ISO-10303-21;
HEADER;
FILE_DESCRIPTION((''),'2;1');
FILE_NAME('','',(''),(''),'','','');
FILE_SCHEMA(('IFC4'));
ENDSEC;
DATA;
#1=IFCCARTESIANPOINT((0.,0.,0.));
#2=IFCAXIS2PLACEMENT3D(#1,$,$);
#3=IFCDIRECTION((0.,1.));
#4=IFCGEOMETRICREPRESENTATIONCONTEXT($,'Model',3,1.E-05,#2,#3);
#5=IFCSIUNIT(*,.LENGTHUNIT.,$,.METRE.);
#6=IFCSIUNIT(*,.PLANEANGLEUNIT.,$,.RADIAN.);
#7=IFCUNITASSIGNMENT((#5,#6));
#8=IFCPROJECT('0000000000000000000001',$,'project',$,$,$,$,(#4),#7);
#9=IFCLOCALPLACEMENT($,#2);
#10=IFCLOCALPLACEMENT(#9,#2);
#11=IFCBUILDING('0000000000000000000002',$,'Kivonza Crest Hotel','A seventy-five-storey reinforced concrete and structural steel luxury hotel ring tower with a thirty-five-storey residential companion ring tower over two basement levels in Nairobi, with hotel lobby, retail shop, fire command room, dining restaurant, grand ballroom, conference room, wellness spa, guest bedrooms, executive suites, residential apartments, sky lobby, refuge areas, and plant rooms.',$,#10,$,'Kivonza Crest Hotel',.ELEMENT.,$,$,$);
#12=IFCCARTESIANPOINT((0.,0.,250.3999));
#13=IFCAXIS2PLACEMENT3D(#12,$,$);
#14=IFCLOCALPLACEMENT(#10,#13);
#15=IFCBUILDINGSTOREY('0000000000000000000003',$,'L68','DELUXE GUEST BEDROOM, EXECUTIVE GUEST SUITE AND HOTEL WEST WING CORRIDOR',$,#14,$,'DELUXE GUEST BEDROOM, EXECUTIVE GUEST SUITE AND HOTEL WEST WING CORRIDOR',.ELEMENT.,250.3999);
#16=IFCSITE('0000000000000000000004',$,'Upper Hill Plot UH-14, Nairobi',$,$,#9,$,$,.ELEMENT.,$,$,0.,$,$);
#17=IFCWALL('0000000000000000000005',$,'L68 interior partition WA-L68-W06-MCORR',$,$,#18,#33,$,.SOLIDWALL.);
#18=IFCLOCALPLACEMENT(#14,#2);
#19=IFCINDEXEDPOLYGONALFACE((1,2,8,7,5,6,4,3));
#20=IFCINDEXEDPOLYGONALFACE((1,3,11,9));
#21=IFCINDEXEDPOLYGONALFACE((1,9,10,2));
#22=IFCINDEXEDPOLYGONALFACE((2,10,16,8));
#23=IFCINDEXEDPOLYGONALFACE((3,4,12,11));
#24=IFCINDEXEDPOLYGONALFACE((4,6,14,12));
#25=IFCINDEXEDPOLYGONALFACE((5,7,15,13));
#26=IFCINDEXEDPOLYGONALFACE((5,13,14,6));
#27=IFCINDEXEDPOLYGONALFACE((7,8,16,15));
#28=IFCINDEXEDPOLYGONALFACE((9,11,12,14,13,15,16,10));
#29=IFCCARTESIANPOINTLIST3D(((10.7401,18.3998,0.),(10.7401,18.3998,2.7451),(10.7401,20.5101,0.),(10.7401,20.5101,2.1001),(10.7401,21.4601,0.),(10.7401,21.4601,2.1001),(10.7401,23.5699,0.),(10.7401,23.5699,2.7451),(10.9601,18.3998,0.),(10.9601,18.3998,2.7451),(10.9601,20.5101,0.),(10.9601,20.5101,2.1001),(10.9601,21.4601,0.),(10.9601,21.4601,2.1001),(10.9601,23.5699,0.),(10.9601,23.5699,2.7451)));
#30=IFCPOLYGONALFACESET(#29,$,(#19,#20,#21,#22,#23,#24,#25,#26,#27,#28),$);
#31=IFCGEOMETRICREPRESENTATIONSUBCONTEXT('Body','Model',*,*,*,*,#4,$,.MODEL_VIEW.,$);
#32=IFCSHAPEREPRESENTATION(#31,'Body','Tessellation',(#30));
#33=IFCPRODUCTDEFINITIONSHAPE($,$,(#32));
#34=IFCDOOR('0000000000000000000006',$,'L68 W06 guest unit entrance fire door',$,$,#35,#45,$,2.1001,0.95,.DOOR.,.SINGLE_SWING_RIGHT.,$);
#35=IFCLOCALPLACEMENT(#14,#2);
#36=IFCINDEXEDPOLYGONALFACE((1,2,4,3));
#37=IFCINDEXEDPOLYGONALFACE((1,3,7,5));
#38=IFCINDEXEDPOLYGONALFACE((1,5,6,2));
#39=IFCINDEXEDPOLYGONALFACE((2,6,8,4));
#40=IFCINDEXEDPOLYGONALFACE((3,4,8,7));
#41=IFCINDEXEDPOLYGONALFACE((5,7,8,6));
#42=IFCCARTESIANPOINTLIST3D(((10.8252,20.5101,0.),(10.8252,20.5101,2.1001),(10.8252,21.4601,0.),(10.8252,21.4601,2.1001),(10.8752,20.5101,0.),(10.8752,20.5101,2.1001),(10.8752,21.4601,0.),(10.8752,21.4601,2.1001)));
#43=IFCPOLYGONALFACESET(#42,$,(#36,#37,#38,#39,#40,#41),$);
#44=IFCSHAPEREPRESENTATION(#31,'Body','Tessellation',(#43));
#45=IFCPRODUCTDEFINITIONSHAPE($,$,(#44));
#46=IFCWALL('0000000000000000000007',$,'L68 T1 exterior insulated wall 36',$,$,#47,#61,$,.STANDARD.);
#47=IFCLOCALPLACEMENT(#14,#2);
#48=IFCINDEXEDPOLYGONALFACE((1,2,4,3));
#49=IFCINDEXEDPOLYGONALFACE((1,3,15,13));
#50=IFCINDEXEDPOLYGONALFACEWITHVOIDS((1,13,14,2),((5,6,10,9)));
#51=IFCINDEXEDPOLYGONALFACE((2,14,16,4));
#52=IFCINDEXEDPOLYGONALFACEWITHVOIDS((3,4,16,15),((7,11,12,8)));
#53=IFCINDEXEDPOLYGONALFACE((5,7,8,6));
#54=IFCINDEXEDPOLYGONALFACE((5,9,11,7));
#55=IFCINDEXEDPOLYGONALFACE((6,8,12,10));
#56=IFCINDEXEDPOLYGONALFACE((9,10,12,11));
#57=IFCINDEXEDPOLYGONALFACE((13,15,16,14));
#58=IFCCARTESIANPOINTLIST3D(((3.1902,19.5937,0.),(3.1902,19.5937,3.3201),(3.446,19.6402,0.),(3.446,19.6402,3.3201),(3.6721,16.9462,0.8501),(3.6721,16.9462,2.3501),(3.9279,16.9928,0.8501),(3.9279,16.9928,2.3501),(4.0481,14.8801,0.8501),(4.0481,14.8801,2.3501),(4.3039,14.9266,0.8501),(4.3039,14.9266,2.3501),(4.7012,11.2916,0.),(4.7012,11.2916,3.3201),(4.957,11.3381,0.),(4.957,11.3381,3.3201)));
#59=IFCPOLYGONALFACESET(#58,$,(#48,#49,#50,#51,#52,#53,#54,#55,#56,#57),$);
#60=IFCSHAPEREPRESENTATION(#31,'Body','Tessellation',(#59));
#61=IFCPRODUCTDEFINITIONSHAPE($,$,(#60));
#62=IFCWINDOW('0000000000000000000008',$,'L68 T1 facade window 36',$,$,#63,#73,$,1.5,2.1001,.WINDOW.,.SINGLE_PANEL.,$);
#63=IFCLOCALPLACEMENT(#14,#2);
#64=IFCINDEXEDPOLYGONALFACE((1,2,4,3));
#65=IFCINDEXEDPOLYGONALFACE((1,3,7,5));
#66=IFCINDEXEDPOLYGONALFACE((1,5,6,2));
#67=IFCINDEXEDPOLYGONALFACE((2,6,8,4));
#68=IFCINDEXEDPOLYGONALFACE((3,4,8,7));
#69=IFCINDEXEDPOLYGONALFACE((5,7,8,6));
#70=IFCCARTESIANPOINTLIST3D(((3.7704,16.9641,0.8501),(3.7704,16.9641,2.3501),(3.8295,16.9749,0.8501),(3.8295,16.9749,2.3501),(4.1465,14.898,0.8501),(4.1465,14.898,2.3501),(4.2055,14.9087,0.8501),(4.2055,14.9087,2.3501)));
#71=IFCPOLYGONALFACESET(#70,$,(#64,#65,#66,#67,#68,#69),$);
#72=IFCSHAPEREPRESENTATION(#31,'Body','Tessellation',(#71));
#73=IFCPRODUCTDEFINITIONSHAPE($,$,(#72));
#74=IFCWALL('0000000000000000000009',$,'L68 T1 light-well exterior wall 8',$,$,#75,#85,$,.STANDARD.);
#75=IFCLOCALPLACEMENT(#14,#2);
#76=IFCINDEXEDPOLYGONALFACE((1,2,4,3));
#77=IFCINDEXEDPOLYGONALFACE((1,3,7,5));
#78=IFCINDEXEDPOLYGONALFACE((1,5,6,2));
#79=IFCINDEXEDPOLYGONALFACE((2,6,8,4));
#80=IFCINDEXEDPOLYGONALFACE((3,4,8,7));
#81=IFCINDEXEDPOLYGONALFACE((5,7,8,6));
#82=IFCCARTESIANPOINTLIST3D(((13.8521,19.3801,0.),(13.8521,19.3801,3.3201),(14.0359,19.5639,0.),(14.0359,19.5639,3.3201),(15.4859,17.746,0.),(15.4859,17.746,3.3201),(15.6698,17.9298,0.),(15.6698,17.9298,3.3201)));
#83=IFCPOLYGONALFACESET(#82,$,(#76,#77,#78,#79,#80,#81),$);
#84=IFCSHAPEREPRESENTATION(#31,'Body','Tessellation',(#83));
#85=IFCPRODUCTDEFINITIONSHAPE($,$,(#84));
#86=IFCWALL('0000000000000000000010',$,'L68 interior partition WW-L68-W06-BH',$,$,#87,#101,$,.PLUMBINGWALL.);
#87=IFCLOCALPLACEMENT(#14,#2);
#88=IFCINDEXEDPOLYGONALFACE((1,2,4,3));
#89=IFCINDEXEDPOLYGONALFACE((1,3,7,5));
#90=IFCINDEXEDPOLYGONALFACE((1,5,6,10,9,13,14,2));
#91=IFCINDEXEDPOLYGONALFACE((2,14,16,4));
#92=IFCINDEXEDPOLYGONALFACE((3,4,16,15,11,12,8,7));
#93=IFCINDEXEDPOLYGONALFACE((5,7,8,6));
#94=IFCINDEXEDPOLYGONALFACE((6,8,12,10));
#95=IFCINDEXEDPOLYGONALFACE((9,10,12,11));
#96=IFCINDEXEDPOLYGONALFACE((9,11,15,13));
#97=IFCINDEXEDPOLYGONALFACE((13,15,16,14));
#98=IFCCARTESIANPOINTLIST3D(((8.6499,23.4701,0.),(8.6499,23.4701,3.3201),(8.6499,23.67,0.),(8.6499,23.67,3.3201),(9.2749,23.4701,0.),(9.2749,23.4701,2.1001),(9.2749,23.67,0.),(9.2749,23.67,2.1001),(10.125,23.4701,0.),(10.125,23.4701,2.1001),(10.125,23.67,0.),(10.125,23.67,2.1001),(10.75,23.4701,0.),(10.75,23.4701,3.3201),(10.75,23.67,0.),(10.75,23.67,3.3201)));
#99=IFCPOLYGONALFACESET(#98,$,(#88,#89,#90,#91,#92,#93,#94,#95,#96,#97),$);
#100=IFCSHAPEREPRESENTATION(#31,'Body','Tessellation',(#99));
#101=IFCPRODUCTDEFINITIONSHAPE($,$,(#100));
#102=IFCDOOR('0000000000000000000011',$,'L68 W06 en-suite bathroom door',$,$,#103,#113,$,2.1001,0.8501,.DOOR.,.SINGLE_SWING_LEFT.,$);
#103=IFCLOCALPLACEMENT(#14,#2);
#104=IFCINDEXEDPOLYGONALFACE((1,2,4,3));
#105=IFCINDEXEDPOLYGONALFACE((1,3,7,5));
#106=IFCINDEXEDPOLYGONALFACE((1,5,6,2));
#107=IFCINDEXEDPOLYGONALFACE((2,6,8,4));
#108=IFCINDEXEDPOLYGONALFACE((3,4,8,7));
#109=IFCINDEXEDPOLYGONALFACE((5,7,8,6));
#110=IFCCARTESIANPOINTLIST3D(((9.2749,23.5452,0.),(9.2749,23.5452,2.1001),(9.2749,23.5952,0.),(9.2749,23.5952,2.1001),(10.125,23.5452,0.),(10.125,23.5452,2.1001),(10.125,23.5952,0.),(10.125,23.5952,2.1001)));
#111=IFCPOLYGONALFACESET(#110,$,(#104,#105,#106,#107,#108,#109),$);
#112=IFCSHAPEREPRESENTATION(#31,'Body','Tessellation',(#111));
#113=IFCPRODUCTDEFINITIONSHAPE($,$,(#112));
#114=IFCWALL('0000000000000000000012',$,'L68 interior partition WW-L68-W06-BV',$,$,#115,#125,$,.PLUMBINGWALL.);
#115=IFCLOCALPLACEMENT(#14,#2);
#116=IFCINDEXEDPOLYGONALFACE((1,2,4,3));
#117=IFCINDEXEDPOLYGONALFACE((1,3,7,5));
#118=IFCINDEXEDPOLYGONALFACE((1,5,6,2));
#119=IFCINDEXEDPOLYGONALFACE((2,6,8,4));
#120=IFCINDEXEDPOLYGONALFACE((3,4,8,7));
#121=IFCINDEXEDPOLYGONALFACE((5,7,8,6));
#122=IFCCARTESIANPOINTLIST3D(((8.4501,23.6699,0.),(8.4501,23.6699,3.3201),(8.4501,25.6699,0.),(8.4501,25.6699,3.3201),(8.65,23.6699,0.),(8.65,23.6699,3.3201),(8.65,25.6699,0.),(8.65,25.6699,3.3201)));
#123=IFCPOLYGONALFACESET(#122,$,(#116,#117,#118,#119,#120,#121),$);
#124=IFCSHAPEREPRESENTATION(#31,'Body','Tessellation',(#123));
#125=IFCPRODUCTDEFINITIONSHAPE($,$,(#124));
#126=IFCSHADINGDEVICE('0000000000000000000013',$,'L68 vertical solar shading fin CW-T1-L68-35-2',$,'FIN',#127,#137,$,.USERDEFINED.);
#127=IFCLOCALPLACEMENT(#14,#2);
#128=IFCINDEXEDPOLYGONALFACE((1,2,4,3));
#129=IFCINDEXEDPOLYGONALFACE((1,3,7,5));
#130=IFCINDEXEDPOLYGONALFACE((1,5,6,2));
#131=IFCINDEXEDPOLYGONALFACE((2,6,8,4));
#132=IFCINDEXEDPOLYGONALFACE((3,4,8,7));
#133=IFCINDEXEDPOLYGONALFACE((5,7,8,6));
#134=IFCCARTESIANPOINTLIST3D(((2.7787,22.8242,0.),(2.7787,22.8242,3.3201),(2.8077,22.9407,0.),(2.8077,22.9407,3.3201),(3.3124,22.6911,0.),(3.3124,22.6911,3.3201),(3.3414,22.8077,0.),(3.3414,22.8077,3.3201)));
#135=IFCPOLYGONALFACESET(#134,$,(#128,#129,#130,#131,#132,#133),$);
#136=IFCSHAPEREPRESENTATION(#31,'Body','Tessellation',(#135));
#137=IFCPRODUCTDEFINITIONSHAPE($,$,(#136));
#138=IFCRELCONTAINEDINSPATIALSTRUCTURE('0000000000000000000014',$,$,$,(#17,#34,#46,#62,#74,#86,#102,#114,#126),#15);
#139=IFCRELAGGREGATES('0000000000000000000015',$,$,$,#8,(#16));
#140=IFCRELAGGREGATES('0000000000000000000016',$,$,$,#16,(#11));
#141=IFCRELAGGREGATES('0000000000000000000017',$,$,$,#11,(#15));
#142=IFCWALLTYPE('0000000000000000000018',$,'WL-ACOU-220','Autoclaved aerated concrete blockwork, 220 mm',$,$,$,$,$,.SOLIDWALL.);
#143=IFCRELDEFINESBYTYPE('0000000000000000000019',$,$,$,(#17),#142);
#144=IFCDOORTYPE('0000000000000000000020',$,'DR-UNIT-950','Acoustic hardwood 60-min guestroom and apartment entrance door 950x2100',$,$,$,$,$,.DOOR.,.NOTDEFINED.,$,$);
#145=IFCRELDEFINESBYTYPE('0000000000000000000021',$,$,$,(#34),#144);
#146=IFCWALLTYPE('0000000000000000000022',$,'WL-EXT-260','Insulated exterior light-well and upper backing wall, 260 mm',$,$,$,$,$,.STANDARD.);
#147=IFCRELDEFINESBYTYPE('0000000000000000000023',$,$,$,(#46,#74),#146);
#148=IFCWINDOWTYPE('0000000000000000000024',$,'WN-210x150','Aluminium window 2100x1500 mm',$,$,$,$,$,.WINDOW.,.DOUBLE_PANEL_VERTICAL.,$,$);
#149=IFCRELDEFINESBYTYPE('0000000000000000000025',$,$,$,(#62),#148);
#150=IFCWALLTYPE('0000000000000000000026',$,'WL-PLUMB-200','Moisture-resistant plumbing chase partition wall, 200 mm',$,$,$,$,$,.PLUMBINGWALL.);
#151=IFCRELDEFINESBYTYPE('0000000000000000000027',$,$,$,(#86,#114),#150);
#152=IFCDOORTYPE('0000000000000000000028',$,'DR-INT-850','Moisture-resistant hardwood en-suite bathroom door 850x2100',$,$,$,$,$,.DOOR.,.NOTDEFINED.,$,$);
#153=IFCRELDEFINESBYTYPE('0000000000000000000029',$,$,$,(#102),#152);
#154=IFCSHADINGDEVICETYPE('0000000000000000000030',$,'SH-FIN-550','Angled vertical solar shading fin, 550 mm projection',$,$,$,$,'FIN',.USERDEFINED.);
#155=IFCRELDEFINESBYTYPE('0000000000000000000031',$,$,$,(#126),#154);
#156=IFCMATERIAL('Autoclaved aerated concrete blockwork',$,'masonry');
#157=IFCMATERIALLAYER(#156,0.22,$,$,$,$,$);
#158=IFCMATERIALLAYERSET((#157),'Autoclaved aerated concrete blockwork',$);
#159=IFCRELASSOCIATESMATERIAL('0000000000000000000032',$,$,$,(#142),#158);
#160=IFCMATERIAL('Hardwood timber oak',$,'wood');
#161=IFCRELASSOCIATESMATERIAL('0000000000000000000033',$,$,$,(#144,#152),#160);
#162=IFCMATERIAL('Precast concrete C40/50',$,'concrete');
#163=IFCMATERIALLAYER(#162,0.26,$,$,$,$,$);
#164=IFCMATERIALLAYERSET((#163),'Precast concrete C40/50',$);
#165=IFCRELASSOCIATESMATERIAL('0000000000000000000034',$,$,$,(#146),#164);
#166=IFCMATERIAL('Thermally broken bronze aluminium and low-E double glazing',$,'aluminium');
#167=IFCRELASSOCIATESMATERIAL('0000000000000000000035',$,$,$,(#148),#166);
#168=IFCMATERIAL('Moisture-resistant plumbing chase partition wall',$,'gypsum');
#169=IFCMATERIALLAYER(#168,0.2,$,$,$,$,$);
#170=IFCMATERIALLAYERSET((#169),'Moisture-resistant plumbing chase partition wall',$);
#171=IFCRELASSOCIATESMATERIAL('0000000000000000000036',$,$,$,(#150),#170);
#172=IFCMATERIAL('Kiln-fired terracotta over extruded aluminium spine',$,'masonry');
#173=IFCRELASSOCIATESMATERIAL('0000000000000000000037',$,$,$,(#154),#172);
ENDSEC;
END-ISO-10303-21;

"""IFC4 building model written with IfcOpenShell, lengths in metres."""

from ifc_helpers import new_model, si_unit, direction, frame, frame_2d, origin, origin_2d, place, context, subcontext, project, spatial, rectangle, extrude, material, layer, layer_set, type_object, element, fill, save


model = new_model("IFC4")

# Units and contexts
model_context = context("Model", 3, precision=1e-05, world=origin(), true_north=direction((0.0, 1.0)))
body_context = subcontext(model_context, "Body", "Model", "MODEL_VIEW")
ifc_project = project(units=[si_unit("LENGTHUNIT", "METRE"), si_unit("PLANEANGLEUNIT", "RADIAN")], contexts=[model_context])

# Site, building, storey
site_placement = place(None, origin())
site = spatial("IfcSite", under=ifc_project, at=site_placement, Name="Upper Hill Plot UH-14, Nairobi", CompositionType="ELEMENT", RefElevation=0.0)
building_placement = place(site_placement, origin())
building = spatial("IfcBuilding", under=site, at=building_placement, Name="Kivonza Crest Hotel", Description="A seventy-five-storey reinforced concrete and structural steel luxury hotel ring tower with a thirty-five-storey residential companion ring tower over two basement levels in Nairobi, with hotel lobby, retail shop, fire command room, dining restaurant, grand ballroom, conference room, wellness spa, guest bedrooms, executive suites, residential apartments, sky lobby, refuge areas, and plant rooms.", LongName="Kivonza Crest Hotel", CompositionType="ELEMENT")
storey_placement = place(building_placement, frame((0.0, 0.0, 250.3999)))
storey = spatial("IfcBuildingStorey", under=building, at=storey_placement, Name="L68", Description="DELUXE GUEST BEDROOM, EXECUTIVE GUEST SUITE AND HOTEL WEST WING CORRIDOR", LongName="DELUXE GUEST BEDROOM, EXECUTIVE GUEST SUITE AND HOTEL WEST WING CORRIDOR", CompositionType="ELEMENT", Elevation=250.3999)

# Shared definitions
ifc_material_1 = material(Name="Autoclaved aerated concrete blockwork", Category="masonry")
ifc_layer_1 = layer(ifc_material_1, 0.22)
ifc_layer_set_1 = layer_set([ifc_layer_1], Name="Autoclaved aerated concrete blockwork")
wall_type_1 = type_object("IfcWallType", Name="WL-ACOU-220", Description="Autoclaved aerated concrete blockwork, 220 mm", PredefinedType="SOLIDWALL", material=ifc_layer_set_1)

# Wall, opening, door
wall_1_placement = place(storey_placement, frame((10.8501, 18.3999, 0.0), z_axis=(0.0, 0.0, 1.0), x_axis=(0.0, 1.0, 0.0)))
wall_1 = element("IfcWall", 1, at=wall_1_placement, inside=storey, type_object=wall_type_1, Name="L68 interior partition WA-L68-W06-MCORR", PredefinedType="SOLIDWALL", context=body_context, shape_type="SweptSolid", body=[
    extrude(rectangle(XDim=5.1702, YDim=0.22, at=frame_2d((2.585, 0.0))), origin(), (0.0, 0.0, 1.0), 2.7451),
])
opening_1_placement = place(wall_1_placement, frame((2.1101, 0.0, 0.0)))
opening_1 = element("IfcOpeningElement", 2, at=opening_1_placement, cuts=wall_1, PredefinedType="OPENING", context=body_context, shape_type="SweptSolid", body=[
    extrude(rectangle(XDim=0.95, YDim=2.1001, at=frame_2d((0.4751, 1.05))), frame((0.0, 0.1201, 0.0), z_axis=(0.0, -1.0, 0.0), x_axis=(1.0, 0.0, 0.0)), (0.0, 0.0, 1.0), 0.24),
])
ifc_material_2 = material(Name="Hardwood timber oak", Category="wood")
door_type_1 = type_object("IfcDoorType", Name="DR-UNIT-950", Description="Acoustic hardwood 60-min guestroom and apartment entrance door 950x2100", OperationType="NOTDEFINED", PredefinedType="DOOR", material=ifc_material_2)
door_1_placement = place(opening_1_placement, origin())
door_1 = element("IfcDoor", 3, at=door_1_placement, inside=storey, type_object=door_type_1, Name="L68 W06 guest unit entrance fire door", OperationType="SINGLE_SWING_RIGHT", OverallHeight=2.1001, OverallWidth=0.95, PredefinedType="DOOR", context=body_context, shape_type="SweptSolid", body=[
    extrude(rectangle(XDim=0.95, YDim=2.1001, at=frame_2d((0.4751, 1.05))), frame((0.0, 0.0249, 0.0), z_axis=(0.0, -1.0, 0.0), x_axis=(1.0, 0.0, 0.0)), (0.0, 0.0, 1.0), 0.05),
])
fill(opening_1, door_1)

# Wall, opening, window
ifc_material_3 = material(Name="Precast concrete C40/50", Category="concrete")
ifc_layer_2 = layer(ifc_material_3, 0.26)
ifc_layer_set_2 = layer_set([ifc_layer_2], Name="Precast concrete C40/50")
wall_type_2 = type_object("IfcWallType", Name="WL-EXT-260", Description="Insulated exterior light-well and upper backing wall, 260 mm", PredefinedType="STANDARD", material=ifc_layer_set_2)
wall_2_placement = place(storey_placement, frame((3.3181, 19.6169, 0.0), z_axis=(0.0, 0.0, 1.0), x_axis=(0.179061, -0.983838, 0.0)))
wall_2 = element("IfcWall", 4, at=wall_2_placement, inside=storey, type_object=wall_type_2, Name="L68 T1 exterior insulated wall 36", PredefinedType="STANDARD", context=body_context, shape_type="SweptSolid", body=[
    extrude(rectangle(XDim=8.4385, YDim=0.26, at=frame_2d((4.2192, 0.0))), origin(), (0.0, 0.0, 1.0), 3.3201),
])
opening_2_placement = place(wall_2_placement, frame((2.6909, 0.0, 0.8501)))
opening_2 = element("IfcOpeningElement", 5, at=opening_2_placement, cuts=wall_2, PredefinedType="OPENING", context=body_context, shape_type="SweptSolid", body=[
    extrude(rectangle(XDim=2.1001, YDim=1.5, at=frame_2d((1.05, 0.75))), frame((0.0, 0.1401, 0.0), z_axis=(0.0, -1.0, 0.0), x_axis=(1.0, 0.0, 0.0)), (0.0, 0.0, 1.0), 0.28),
])
ifc_material_4 = material(Name="Thermally broken bronze aluminium and low-E double glazing", Category="aluminium")
window_type = type_object("IfcWindowType", Name="WN-210x150", Description="Aluminium window 2100x1500 mm", PartitioningType="DOUBLE_PANEL_VERTICAL", PredefinedType="WINDOW", material=ifc_material_4)
window_placement = place(opening_2_placement, origin())
window = element("IfcWindow", 6, at=window_placement, inside=storey, type_object=window_type, Name="L68 T1 facade window 36", OverallHeight=1.5, OverallWidth=2.1001, PartitioningType="SINGLE_PANEL", PredefinedType="WINDOW", context=body_context, shape_type="SweptSolid", body=[
    extrude(rectangle(XDim=2.1001, YDim=1.5, at=frame_2d((1.05, 0.75))), frame((0.0, 0.03, 0.0), z_axis=(0.0, -1.0, 0.0), x_axis=(1.0, 0.0, 0.0)), (0.0, 0.0, 1.0), 0.0601),
])
fill(opening_2, window)

# Wall
wall_3_placement = place(storey_placement, frame((13.9441, 19.4719, 0.0), z_axis=(0.0, 0.0, 1.0), x_axis=(0.707054, -0.70716, 0.0)))
element("IfcWall", 7, at=wall_3_placement, inside=storey, type_object=wall_type_2, Name="L68 T1 light-well exterior wall 8", PredefinedType="STANDARD", context=body_context, shape_type="SweptSolid", body=[
    extrude(rectangle(XDim=2.3108, YDim=0.26, at=frame_2d((1.1553, 0.0))), origin(), (0.0, 0.0, 1.0), 3.3201),
])

# Wall, opening, door
ifc_material_5 = material(Name="Moisture-resistant plumbing chase partition wall", Category="gypsum")
ifc_layer_3 = layer(ifc_material_5, 0.2)
ifc_layer_set_3 = layer_set([ifc_layer_3], Name="Moisture-resistant plumbing chase partition wall")
wall_type_3 = type_object("IfcWallType", Name="WL-PLUMB-200", Description="Moisture-resistant plumbing chase partition wall, 200 mm", PredefinedType="PLUMBINGWALL", material=ifc_layer_set_3)
wall_4_placement = place(storey_placement, frame((8.6499, 23.5701, 0.0), z_axis=(0.0, 0.0, 1.0), x_axis=(1.0, 0.0, 0.0)))
wall_4 = element("IfcWall", 8, at=wall_4_placement, inside=storey, type_object=wall_type_3, Name="L68 interior partition WW-L68-W06-BH", PredefinedType="PLUMBINGWALL", context=body_context, shape_type="SweptSolid", body=[
    extrude(rectangle(XDim=2.1001, YDim=0.2, at=frame_2d((1.05, 0.0))), origin(), (0.0, 0.0, 1.0), 3.3201),
])
opening_3_placement = place(wall_4_placement, frame((0.625, 0.0, 0.0)))
opening_3 = element("IfcOpeningElement", 9, at=opening_3_placement, cuts=wall_4, PredefinedType="OPENING", context=body_context, shape_type="SweptSolid", body=[
    extrude(rectangle(XDim=0.8501, YDim=2.1001, at=frame_2d((0.425, 1.05))), frame((0.0, 0.1099, 0.0), z_axis=(0.0, -1.0, 0.0), x_axis=(1.0, 0.0, 0.0)), (0.0, 0.0, 1.0), 0.22),
])
door_type_2 = type_object("IfcDoorType", Name="DR-INT-850", Description="Moisture-resistant hardwood en-suite bathroom door 850x2100", OperationType="NOTDEFINED", PredefinedType="DOOR", material=ifc_material_2)
door_2_placement = place(opening_3_placement, frame((0.8501, 0.0, 0.0), z_axis=(0.0, 0.0, 1.0), x_axis=(-1.0, 0.0, 0.0)))
door_2 = element("IfcDoor", 10, at=door_2_placement, inside=storey, type_object=door_type_2, Name="L68 W06 en-suite bathroom door", OperationType="SINGLE_SWING_LEFT", OverallHeight=2.1001, OverallWidth=0.8501, PredefinedType="DOOR", context=body_context, shape_type="SweptSolid", body=[
    extrude(rectangle(XDim=0.8501, YDim=2.1001, at=frame_2d((0.425, 1.05))), frame((0.0, 0.0249, 0.0), z_axis=(0.0, -1.0, 0.0), x_axis=(1.0, 0.0, 0.0)), (0.0, 0.0, 1.0), 0.05),
])
fill(opening_3, door_2)

# Wall
wall_5_placement = place(storey_placement, frame((8.55, 23.6699, 0.0), z_axis=(0.0, 0.0, 1.0), x_axis=(0.0, 1.0, 0.0)))
element("IfcWall", 11, at=wall_5_placement, inside=storey, type_object=wall_type_3, Name="L68 interior partition WW-L68-W06-BV", PredefinedType="PLUMBINGWALL", context=body_context, shape_type="SweptSolid", body=[
    extrude(rectangle(XDim=2.0, YDim=0.2, at=frame_2d((1.0, 0.0))), origin(), (0.0, 0.0, 1.0), 3.3201),
])

# Shading device
ifc_material_6 = material(Name="Kiln-fired terracotta over extruded aluminium spine", Category="masonry")
shading_device_type = type_object("IfcShadingDeviceType", Name="SH-FIN-550", Description="Angled vertical solar shading fin, 550 mm projection", ElementType="FIN", PredefinedType="USERDEFINED", material=ifc_material_6)
shading_device_placement = place(storey_placement, frame((3.0601, 22.8159, 0.0), z_axis=(0.0, 0.0, 1.0), x_axis=(-0.241922, -0.970296, 0.0)))
element("IfcShadingDevice", 12, at=shading_device_placement, inside=storey, type_object=shading_device_type, Name="L68 vertical solar shading fin CW-T1-L68-35-2", ObjectType="FIN", PredefinedType="USERDEFINED", context=body_context, shape_type="SweptSolid", body=[
    extrude(rectangle(XDim=0.1201, YDim=0.55, at=origin_2d()), origin(), (0.0, 0.0, 1.0), 3.3201),
])

save(model, "model.ifc")
